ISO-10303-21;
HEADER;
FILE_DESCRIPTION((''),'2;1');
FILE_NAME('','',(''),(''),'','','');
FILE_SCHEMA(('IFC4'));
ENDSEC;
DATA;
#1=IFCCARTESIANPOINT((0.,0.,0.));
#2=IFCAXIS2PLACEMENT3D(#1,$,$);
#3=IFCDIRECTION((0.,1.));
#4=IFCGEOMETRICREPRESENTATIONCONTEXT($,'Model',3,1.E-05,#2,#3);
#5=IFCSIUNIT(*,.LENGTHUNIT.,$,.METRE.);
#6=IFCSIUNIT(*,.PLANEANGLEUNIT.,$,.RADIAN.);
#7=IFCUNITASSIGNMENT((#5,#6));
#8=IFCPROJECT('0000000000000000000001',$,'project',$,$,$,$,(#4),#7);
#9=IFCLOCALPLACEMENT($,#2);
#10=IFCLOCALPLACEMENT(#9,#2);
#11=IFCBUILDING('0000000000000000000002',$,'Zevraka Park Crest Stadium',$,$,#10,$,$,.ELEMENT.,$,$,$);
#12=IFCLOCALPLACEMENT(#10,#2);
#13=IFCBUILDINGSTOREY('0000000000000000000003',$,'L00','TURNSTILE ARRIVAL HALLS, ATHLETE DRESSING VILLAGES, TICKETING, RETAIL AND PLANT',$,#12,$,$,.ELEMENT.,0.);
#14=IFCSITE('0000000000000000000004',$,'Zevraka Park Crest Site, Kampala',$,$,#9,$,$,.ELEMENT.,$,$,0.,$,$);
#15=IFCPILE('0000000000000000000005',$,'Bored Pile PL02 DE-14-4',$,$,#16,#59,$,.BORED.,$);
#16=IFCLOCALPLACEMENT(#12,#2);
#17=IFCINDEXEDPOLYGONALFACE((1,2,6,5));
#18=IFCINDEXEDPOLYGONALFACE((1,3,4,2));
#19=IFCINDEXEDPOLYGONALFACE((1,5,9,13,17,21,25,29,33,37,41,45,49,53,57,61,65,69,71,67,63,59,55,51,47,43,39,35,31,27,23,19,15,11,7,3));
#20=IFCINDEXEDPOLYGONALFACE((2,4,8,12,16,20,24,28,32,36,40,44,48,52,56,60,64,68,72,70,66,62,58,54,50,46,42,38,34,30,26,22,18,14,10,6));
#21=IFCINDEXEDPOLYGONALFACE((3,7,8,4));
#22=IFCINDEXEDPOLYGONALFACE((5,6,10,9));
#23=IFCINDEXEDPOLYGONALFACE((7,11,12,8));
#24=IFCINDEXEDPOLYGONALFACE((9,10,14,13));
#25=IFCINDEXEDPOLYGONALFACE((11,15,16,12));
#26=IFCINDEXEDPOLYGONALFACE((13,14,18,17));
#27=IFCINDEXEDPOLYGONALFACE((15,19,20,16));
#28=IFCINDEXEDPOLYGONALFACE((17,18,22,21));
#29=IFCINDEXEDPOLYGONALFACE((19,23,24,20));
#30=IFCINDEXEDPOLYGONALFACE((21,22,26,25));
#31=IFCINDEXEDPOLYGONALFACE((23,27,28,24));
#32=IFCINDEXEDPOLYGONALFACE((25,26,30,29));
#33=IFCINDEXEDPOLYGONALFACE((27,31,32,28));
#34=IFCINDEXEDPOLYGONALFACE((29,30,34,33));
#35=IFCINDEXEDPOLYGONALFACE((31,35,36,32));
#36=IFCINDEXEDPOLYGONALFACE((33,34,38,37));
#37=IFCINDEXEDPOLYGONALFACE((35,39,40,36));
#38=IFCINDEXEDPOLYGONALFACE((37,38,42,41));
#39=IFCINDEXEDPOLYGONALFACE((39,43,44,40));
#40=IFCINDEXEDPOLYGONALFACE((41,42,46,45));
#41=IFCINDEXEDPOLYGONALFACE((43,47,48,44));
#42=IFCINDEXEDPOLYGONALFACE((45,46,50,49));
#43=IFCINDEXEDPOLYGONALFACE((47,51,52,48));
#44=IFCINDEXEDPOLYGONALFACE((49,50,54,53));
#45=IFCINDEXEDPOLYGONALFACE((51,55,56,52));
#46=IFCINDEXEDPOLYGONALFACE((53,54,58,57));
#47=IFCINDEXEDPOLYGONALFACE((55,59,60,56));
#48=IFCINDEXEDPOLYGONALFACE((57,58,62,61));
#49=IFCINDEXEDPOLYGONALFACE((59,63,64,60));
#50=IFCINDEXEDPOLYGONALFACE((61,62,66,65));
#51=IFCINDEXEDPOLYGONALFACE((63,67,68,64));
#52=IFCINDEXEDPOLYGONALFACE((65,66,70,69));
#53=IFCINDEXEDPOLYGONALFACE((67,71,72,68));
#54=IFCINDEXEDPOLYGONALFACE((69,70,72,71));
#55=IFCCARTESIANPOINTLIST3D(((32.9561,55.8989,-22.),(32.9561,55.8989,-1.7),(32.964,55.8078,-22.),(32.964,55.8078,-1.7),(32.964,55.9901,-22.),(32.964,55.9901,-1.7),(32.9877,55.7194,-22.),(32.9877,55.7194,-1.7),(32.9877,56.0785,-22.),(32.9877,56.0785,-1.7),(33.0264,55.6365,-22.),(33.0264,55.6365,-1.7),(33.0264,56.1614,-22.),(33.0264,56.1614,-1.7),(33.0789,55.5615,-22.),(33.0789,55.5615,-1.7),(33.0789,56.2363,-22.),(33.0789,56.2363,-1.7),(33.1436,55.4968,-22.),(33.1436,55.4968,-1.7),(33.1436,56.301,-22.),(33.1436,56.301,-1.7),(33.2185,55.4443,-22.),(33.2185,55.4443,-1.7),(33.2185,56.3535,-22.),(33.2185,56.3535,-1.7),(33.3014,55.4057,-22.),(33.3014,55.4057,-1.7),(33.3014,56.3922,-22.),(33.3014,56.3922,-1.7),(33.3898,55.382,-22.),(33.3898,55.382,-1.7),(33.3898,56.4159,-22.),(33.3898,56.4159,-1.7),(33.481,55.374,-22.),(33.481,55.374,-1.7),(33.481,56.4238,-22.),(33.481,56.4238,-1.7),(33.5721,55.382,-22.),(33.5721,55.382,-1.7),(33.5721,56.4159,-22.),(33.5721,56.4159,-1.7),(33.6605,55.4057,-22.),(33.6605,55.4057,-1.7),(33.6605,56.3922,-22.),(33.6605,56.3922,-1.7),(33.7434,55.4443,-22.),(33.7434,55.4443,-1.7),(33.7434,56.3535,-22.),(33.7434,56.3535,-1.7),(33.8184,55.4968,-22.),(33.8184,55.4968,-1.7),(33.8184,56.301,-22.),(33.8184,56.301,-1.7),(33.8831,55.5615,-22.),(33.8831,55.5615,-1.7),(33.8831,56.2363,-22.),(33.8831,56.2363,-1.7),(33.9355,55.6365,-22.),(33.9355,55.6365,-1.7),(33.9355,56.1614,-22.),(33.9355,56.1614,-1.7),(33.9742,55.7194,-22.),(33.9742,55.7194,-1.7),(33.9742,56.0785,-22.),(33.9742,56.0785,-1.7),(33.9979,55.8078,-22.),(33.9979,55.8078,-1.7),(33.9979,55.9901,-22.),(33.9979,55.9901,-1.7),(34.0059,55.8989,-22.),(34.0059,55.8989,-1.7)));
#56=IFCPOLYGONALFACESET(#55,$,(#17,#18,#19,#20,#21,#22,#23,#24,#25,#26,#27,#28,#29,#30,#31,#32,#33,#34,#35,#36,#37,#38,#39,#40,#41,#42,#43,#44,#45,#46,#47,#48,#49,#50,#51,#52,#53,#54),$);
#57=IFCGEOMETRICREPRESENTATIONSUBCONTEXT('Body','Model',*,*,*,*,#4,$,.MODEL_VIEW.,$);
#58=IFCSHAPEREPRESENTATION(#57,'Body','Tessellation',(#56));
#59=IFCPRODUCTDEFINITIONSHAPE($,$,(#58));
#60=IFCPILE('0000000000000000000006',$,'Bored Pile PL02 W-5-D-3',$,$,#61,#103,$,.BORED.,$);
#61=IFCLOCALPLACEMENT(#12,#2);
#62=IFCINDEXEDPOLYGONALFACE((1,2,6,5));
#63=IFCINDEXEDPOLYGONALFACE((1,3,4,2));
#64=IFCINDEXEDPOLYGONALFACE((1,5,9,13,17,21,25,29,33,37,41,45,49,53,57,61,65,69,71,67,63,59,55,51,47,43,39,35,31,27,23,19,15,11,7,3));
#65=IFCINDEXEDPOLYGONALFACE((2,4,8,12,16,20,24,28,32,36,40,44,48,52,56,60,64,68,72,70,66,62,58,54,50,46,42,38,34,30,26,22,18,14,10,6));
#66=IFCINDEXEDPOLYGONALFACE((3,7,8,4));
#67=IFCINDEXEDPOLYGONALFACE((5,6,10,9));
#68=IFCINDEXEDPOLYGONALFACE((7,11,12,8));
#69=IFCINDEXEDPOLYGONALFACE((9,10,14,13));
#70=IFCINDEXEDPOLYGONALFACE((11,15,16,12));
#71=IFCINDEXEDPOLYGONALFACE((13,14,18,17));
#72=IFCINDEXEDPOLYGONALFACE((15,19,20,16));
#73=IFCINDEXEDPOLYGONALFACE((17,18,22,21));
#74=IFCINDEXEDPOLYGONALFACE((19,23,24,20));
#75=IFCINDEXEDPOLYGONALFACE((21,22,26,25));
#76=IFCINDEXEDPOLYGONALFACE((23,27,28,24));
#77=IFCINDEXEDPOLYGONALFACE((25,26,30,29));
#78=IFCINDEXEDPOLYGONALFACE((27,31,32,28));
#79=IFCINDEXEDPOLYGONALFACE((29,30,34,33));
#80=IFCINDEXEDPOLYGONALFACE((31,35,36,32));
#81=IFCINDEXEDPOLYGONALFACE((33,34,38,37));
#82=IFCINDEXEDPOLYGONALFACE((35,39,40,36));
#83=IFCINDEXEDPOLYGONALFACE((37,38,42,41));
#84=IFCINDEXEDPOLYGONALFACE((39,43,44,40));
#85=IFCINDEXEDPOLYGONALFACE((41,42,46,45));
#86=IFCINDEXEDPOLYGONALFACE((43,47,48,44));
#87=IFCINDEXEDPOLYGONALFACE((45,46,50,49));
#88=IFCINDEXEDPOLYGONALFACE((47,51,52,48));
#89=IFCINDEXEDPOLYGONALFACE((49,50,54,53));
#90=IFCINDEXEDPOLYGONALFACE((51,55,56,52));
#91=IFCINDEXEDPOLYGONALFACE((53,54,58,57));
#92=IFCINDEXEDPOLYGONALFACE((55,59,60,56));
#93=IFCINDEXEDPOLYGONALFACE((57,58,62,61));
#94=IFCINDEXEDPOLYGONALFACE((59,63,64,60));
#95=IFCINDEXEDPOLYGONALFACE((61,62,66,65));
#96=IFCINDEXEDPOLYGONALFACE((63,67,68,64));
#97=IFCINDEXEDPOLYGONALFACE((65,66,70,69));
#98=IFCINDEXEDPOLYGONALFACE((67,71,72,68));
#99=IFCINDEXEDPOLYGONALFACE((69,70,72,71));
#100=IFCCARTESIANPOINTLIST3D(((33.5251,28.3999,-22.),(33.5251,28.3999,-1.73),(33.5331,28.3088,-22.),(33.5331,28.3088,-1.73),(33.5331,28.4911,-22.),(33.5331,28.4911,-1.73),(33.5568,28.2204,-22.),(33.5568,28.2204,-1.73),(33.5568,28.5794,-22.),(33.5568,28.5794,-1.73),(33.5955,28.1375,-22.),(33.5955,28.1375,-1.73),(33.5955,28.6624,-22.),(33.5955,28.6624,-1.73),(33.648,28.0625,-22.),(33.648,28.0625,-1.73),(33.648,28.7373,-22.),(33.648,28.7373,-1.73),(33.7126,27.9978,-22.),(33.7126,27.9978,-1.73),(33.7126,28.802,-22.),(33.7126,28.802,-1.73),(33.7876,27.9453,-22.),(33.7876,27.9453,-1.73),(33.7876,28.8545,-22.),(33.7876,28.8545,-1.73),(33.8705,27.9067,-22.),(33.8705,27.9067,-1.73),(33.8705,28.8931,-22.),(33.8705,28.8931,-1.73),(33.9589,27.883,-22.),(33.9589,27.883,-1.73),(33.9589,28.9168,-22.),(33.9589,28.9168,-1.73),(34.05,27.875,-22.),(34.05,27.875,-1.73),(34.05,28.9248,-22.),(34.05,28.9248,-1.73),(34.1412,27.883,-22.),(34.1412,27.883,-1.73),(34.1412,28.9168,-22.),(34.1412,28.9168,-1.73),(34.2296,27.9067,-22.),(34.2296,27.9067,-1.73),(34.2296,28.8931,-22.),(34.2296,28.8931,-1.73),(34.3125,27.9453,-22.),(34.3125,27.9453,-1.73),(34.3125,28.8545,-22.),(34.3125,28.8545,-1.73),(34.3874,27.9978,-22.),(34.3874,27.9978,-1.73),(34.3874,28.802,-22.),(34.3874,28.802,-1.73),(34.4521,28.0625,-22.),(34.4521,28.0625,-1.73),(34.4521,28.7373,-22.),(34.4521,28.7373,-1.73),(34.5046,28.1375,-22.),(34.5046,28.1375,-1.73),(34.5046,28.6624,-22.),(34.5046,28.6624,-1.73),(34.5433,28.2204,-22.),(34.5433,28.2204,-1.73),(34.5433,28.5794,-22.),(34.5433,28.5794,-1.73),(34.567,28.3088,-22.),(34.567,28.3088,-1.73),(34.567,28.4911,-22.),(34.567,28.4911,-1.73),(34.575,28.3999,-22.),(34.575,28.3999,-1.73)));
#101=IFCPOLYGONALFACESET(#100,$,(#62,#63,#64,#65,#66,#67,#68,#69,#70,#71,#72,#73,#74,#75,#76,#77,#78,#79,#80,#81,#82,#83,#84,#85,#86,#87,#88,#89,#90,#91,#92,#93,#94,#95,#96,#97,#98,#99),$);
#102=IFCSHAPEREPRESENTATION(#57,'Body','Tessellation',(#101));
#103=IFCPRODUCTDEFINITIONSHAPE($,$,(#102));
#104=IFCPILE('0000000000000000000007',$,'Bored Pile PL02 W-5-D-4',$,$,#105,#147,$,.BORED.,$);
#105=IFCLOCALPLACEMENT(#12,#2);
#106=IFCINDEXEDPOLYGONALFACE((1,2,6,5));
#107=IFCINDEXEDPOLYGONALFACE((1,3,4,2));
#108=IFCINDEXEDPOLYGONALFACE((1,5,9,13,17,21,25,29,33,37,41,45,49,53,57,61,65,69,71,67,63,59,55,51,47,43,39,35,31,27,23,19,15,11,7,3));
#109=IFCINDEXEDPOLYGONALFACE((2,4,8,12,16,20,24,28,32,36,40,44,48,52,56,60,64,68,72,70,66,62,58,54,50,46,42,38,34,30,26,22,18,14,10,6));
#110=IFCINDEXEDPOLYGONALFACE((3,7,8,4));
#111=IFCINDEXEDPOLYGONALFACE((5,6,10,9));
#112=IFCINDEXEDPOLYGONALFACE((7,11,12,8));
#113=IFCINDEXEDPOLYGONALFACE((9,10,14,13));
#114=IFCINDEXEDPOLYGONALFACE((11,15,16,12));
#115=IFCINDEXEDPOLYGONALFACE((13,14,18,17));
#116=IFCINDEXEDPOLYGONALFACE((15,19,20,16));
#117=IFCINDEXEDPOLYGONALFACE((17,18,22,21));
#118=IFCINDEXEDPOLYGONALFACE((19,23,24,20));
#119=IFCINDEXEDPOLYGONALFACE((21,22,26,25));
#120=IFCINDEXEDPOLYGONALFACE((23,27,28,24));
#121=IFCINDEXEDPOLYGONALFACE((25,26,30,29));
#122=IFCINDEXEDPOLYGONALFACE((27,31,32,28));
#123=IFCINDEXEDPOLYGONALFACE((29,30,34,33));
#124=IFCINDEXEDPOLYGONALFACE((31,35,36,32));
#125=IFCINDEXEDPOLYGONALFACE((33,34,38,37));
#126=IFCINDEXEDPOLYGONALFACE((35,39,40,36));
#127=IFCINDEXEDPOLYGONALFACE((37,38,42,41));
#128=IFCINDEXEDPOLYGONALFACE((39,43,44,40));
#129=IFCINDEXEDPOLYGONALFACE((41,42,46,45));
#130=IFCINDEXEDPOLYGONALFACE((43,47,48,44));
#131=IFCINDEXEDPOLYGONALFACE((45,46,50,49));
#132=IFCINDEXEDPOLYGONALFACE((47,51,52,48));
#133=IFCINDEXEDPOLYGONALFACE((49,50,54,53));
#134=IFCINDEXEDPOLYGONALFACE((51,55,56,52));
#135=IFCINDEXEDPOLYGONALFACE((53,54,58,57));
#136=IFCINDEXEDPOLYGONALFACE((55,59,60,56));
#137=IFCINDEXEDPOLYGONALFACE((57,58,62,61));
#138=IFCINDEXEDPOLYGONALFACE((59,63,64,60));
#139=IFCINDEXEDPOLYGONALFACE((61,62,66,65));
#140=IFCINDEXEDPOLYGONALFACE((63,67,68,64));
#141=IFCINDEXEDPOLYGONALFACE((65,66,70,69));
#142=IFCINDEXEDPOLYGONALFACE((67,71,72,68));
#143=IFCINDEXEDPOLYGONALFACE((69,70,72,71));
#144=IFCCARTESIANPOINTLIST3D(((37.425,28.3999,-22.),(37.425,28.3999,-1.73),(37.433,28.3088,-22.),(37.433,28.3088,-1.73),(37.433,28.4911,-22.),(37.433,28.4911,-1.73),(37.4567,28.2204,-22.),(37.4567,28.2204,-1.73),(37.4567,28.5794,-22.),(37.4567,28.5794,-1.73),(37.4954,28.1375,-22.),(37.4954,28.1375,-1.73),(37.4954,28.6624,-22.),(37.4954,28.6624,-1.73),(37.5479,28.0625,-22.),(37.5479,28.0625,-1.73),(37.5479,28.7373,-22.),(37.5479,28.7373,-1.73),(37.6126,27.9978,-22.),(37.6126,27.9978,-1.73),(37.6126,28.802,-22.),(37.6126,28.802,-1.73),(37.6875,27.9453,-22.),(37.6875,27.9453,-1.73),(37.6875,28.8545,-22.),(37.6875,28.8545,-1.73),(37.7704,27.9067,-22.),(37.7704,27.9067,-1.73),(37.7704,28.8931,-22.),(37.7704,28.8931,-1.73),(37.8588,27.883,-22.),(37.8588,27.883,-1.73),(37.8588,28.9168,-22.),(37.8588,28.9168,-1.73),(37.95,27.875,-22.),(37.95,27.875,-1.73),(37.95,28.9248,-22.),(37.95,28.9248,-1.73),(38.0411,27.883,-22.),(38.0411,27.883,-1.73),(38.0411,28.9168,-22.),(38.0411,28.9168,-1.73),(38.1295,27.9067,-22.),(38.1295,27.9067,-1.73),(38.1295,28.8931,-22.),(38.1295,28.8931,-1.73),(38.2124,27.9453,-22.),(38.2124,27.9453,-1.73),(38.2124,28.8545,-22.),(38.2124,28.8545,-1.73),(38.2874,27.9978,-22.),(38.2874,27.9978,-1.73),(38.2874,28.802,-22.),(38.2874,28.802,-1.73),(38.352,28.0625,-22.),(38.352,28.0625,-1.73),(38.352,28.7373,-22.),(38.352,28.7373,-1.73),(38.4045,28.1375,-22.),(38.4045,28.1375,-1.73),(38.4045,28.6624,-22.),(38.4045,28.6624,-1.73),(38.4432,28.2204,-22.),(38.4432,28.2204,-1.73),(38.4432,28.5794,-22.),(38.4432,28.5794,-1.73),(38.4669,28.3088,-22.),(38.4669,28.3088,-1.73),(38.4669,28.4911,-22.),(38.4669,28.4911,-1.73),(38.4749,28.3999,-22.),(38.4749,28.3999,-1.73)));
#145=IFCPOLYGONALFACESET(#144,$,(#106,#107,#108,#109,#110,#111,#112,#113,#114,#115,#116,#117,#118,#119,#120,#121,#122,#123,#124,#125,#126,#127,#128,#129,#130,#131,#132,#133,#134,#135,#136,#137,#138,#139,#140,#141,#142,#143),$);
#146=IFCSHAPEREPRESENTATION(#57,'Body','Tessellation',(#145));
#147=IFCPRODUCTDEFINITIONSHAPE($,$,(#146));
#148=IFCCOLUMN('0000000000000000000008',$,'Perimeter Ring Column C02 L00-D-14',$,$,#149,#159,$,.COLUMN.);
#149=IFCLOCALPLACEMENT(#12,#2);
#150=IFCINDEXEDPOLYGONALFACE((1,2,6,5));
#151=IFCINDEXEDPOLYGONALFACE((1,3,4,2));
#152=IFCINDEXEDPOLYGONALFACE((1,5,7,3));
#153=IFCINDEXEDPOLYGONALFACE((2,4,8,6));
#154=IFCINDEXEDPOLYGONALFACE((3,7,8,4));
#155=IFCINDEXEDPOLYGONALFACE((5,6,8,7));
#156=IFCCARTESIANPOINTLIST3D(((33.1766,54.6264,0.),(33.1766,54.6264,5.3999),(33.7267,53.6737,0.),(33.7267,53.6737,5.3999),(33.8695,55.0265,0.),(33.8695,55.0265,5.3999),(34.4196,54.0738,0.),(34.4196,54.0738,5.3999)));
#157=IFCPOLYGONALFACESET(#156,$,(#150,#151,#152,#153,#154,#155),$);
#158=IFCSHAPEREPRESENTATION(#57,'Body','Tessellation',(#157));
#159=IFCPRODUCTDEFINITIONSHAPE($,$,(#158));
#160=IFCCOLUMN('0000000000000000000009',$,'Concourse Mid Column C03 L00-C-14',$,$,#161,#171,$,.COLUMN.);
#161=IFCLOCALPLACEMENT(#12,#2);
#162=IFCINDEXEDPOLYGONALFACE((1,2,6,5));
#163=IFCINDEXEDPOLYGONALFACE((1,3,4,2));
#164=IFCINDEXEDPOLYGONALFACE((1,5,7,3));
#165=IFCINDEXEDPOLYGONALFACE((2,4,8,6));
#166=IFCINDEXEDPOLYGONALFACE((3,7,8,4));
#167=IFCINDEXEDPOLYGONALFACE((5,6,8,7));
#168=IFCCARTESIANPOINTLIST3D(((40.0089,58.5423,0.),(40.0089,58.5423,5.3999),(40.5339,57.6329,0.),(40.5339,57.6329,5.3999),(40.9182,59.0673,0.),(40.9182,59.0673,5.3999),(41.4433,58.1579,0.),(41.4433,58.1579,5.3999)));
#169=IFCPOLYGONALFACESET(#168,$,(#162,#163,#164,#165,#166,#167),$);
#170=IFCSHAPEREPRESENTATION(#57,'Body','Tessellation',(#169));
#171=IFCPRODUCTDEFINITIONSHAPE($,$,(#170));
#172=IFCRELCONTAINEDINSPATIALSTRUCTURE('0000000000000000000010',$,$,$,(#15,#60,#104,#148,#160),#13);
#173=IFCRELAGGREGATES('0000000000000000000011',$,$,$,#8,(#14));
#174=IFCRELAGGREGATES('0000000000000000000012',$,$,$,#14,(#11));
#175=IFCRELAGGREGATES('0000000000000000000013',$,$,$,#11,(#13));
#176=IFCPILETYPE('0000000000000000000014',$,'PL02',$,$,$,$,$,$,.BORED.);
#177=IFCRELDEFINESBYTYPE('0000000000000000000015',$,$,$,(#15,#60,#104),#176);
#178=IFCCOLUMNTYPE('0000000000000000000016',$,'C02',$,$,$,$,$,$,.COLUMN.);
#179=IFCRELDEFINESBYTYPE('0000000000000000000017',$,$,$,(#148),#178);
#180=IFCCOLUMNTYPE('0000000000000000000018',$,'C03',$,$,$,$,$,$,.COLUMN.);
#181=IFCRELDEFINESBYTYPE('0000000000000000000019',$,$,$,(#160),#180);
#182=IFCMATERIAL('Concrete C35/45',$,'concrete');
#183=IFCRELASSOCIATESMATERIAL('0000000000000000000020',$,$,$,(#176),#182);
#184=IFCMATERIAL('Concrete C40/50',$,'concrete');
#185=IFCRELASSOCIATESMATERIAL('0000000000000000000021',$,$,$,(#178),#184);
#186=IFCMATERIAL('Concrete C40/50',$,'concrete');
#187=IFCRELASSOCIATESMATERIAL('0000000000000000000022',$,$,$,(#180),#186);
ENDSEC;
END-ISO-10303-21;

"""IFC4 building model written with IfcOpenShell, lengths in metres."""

from ifc_helpers import new_model, si_unit, direction, frame, origin, origin_2d, place, context, subcontext, project, spatial, rectangle, circle, extrude, material, material_profile, profile_set, type_object, element, save


model = new_model("IFC4")

# Units and contexts
model_context = context("Model", 3, precision=1e-05, world=origin(), true_north=direction((0.0, 1.0)))
body_context = subcontext(model_context, "Body", "Model", "MODEL_VIEW")
ifc_project = project(units=[si_unit("LENGTHUNIT", "METRE"), si_unit("PLANEANGLEUNIT", "RADIAN")], contexts=[model_context])

# Site, building, storey
site_placement = place(None, origin())
site = spatial("IfcSite", under=ifc_project, at=site_placement, Name="Zevraka Park Crest Site, Kampala", CompositionType="ELEMENT", RefElevation=0.0)
building_placement = place(site_placement, origin())
building = spatial("IfcBuilding", under=site, at=building_placement, Name="Zevraka Park Crest Stadium", CompositionType="ELEMENT")
storey_placement = place(building_placement, origin())
storey = spatial("IfcBuildingStorey", under=building, at=storey_placement, Name="L00", Description="TURNSTILE ARRIVAL HALLS, ATHLETE DRESSING VILLAGES, TICKETING, RETAIL AND PLANT", CompositionType="ELEMENT", Elevation=0.0)

# Piles
ifc_material_1 = material(Name="Concrete C35/45", Category="concrete")
ifc_material_profile_1 = material_profile(ifc_material_1, circle(Radius=0.5249, at=origin_2d()), Name="PILE D1050")
ifc_profile_set_1 = profile_set([ifc_material_profile_1], Name="Concrete C35/45")
pile_type_1 = type_object("IfcPileType", Name="PL02", PredefinedType="BORED", material=ifc_profile_set_1)
for number, where, z_axis, x_axis, name in (
    (1, (33.481, 55.8989, -1.7), (0.0, 0.0, -1.0), (1.0, 0.0, 0.0), "Bored Pile PL02 DE-14-4"),
):
    element("IfcPile", number, at=place(storey_placement, frame(where, z_axis=z_axis, x_axis=x_axis)), inside=storey, type_object=pile_type_1, Name=name, PredefinedType="BORED", context=body_context, shape_type="SweptSolid", body=[
        extrude(circle(Radius=0.5249, at=origin_2d()), origin(), (0.0, 0.0, 1.0), 20.3),
    ])
for number, where, z_axis, x_axis, name in (
    (2, (34.05, 28.3999, -1.73), (0.0, 0.0, -1.0), (1.0, 0.0, 0.0), "Bored Pile PL02 W-5-D-3"),
    (3, (37.95, 28.3999, -1.73), (0.0, 0.0, -1.0), (1.0, 0.0, 0.0), "Bored Pile PL02 W-5-D-4"),
):
    element("IfcPile", number, at=place(storey_placement, frame(where, z_axis=z_axis, x_axis=x_axis)), inside=storey, type_object=pile_type_1, Name=name, PredefinedType="BORED", context=body_context, shape_type="SweptSolid", body=[
        extrude(circle(Radius=0.5249, at=origin_2d()), origin(), (0.0, 0.0, 1.0), 20.27),
    ])

# Columns
ifc_material_2 = material(Name="Concrete C40/50", Category="concrete")
ifc_material_profile_2 = material_profile(ifc_material_2, rectangle(XDim=0.8, YDim=1.1001, at=origin_2d()), Name="RC 1100x800")
ifc_profile_set_2 = profile_set([ifc_material_profile_2], Name="Concrete C40/50")
column_type_1 = type_object("IfcColumnType", Name="C02", PredefinedType="COLUMN", material=ifc_profile_set_2)
column_1_placement = place(storey_placement, frame((33.7981, 54.3501, 0.0), z_axis=(0.0, 0.0, 1.0), x_axis=(0.866025, 0.5, 0.0)))
element("IfcColumn", 4, at=column_1_placement, inside=storey, type_object=column_type_1, Name="Perimeter Ring Column C02 L00-D-14", PredefinedType="COLUMN", context=body_context, shape_type="SweptSolid", body=[
    extrude(rectangle(XDim=0.8, YDim=1.1001, at=origin_2d()), origin(), (0.0, 0.0, 1.0), 5.3999),
])
ifc_material_3 = material(Name="Concrete C40/50", Category="concrete")
ifc_material_profile_3 = material_profile(ifc_material_3, rectangle(XDim=1.05, YDim=1.05, at=origin_2d()), Name="RC 1050x1050")
ifc_profile_set_3 = profile_set([ifc_material_profile_3], Name="Concrete C40/50")
column_type_2 = type_object("IfcColumnType", Name="C03", PredefinedType="COLUMN", material=ifc_profile_set_3)
column_2_placement = place(storey_placement, frame((40.7261, 58.3501, 0.0), z_axis=(0.0, 0.0, 1.0), x_axis=(0.866025, 0.5, 0.0)))
element("IfcColumn", 5, at=column_2_placement, inside=storey, type_object=column_type_2, Name="Concourse Mid Column C03 L00-C-14", PredefinedType="COLUMN", context=body_context, shape_type="SweptSolid", body=[
    extrude(rectangle(XDim=1.05, YDim=1.05, at=origin_2d()), origin(), (0.0, 0.0, 1.0), 5.3999),
])

save(model, "model.ifc")
